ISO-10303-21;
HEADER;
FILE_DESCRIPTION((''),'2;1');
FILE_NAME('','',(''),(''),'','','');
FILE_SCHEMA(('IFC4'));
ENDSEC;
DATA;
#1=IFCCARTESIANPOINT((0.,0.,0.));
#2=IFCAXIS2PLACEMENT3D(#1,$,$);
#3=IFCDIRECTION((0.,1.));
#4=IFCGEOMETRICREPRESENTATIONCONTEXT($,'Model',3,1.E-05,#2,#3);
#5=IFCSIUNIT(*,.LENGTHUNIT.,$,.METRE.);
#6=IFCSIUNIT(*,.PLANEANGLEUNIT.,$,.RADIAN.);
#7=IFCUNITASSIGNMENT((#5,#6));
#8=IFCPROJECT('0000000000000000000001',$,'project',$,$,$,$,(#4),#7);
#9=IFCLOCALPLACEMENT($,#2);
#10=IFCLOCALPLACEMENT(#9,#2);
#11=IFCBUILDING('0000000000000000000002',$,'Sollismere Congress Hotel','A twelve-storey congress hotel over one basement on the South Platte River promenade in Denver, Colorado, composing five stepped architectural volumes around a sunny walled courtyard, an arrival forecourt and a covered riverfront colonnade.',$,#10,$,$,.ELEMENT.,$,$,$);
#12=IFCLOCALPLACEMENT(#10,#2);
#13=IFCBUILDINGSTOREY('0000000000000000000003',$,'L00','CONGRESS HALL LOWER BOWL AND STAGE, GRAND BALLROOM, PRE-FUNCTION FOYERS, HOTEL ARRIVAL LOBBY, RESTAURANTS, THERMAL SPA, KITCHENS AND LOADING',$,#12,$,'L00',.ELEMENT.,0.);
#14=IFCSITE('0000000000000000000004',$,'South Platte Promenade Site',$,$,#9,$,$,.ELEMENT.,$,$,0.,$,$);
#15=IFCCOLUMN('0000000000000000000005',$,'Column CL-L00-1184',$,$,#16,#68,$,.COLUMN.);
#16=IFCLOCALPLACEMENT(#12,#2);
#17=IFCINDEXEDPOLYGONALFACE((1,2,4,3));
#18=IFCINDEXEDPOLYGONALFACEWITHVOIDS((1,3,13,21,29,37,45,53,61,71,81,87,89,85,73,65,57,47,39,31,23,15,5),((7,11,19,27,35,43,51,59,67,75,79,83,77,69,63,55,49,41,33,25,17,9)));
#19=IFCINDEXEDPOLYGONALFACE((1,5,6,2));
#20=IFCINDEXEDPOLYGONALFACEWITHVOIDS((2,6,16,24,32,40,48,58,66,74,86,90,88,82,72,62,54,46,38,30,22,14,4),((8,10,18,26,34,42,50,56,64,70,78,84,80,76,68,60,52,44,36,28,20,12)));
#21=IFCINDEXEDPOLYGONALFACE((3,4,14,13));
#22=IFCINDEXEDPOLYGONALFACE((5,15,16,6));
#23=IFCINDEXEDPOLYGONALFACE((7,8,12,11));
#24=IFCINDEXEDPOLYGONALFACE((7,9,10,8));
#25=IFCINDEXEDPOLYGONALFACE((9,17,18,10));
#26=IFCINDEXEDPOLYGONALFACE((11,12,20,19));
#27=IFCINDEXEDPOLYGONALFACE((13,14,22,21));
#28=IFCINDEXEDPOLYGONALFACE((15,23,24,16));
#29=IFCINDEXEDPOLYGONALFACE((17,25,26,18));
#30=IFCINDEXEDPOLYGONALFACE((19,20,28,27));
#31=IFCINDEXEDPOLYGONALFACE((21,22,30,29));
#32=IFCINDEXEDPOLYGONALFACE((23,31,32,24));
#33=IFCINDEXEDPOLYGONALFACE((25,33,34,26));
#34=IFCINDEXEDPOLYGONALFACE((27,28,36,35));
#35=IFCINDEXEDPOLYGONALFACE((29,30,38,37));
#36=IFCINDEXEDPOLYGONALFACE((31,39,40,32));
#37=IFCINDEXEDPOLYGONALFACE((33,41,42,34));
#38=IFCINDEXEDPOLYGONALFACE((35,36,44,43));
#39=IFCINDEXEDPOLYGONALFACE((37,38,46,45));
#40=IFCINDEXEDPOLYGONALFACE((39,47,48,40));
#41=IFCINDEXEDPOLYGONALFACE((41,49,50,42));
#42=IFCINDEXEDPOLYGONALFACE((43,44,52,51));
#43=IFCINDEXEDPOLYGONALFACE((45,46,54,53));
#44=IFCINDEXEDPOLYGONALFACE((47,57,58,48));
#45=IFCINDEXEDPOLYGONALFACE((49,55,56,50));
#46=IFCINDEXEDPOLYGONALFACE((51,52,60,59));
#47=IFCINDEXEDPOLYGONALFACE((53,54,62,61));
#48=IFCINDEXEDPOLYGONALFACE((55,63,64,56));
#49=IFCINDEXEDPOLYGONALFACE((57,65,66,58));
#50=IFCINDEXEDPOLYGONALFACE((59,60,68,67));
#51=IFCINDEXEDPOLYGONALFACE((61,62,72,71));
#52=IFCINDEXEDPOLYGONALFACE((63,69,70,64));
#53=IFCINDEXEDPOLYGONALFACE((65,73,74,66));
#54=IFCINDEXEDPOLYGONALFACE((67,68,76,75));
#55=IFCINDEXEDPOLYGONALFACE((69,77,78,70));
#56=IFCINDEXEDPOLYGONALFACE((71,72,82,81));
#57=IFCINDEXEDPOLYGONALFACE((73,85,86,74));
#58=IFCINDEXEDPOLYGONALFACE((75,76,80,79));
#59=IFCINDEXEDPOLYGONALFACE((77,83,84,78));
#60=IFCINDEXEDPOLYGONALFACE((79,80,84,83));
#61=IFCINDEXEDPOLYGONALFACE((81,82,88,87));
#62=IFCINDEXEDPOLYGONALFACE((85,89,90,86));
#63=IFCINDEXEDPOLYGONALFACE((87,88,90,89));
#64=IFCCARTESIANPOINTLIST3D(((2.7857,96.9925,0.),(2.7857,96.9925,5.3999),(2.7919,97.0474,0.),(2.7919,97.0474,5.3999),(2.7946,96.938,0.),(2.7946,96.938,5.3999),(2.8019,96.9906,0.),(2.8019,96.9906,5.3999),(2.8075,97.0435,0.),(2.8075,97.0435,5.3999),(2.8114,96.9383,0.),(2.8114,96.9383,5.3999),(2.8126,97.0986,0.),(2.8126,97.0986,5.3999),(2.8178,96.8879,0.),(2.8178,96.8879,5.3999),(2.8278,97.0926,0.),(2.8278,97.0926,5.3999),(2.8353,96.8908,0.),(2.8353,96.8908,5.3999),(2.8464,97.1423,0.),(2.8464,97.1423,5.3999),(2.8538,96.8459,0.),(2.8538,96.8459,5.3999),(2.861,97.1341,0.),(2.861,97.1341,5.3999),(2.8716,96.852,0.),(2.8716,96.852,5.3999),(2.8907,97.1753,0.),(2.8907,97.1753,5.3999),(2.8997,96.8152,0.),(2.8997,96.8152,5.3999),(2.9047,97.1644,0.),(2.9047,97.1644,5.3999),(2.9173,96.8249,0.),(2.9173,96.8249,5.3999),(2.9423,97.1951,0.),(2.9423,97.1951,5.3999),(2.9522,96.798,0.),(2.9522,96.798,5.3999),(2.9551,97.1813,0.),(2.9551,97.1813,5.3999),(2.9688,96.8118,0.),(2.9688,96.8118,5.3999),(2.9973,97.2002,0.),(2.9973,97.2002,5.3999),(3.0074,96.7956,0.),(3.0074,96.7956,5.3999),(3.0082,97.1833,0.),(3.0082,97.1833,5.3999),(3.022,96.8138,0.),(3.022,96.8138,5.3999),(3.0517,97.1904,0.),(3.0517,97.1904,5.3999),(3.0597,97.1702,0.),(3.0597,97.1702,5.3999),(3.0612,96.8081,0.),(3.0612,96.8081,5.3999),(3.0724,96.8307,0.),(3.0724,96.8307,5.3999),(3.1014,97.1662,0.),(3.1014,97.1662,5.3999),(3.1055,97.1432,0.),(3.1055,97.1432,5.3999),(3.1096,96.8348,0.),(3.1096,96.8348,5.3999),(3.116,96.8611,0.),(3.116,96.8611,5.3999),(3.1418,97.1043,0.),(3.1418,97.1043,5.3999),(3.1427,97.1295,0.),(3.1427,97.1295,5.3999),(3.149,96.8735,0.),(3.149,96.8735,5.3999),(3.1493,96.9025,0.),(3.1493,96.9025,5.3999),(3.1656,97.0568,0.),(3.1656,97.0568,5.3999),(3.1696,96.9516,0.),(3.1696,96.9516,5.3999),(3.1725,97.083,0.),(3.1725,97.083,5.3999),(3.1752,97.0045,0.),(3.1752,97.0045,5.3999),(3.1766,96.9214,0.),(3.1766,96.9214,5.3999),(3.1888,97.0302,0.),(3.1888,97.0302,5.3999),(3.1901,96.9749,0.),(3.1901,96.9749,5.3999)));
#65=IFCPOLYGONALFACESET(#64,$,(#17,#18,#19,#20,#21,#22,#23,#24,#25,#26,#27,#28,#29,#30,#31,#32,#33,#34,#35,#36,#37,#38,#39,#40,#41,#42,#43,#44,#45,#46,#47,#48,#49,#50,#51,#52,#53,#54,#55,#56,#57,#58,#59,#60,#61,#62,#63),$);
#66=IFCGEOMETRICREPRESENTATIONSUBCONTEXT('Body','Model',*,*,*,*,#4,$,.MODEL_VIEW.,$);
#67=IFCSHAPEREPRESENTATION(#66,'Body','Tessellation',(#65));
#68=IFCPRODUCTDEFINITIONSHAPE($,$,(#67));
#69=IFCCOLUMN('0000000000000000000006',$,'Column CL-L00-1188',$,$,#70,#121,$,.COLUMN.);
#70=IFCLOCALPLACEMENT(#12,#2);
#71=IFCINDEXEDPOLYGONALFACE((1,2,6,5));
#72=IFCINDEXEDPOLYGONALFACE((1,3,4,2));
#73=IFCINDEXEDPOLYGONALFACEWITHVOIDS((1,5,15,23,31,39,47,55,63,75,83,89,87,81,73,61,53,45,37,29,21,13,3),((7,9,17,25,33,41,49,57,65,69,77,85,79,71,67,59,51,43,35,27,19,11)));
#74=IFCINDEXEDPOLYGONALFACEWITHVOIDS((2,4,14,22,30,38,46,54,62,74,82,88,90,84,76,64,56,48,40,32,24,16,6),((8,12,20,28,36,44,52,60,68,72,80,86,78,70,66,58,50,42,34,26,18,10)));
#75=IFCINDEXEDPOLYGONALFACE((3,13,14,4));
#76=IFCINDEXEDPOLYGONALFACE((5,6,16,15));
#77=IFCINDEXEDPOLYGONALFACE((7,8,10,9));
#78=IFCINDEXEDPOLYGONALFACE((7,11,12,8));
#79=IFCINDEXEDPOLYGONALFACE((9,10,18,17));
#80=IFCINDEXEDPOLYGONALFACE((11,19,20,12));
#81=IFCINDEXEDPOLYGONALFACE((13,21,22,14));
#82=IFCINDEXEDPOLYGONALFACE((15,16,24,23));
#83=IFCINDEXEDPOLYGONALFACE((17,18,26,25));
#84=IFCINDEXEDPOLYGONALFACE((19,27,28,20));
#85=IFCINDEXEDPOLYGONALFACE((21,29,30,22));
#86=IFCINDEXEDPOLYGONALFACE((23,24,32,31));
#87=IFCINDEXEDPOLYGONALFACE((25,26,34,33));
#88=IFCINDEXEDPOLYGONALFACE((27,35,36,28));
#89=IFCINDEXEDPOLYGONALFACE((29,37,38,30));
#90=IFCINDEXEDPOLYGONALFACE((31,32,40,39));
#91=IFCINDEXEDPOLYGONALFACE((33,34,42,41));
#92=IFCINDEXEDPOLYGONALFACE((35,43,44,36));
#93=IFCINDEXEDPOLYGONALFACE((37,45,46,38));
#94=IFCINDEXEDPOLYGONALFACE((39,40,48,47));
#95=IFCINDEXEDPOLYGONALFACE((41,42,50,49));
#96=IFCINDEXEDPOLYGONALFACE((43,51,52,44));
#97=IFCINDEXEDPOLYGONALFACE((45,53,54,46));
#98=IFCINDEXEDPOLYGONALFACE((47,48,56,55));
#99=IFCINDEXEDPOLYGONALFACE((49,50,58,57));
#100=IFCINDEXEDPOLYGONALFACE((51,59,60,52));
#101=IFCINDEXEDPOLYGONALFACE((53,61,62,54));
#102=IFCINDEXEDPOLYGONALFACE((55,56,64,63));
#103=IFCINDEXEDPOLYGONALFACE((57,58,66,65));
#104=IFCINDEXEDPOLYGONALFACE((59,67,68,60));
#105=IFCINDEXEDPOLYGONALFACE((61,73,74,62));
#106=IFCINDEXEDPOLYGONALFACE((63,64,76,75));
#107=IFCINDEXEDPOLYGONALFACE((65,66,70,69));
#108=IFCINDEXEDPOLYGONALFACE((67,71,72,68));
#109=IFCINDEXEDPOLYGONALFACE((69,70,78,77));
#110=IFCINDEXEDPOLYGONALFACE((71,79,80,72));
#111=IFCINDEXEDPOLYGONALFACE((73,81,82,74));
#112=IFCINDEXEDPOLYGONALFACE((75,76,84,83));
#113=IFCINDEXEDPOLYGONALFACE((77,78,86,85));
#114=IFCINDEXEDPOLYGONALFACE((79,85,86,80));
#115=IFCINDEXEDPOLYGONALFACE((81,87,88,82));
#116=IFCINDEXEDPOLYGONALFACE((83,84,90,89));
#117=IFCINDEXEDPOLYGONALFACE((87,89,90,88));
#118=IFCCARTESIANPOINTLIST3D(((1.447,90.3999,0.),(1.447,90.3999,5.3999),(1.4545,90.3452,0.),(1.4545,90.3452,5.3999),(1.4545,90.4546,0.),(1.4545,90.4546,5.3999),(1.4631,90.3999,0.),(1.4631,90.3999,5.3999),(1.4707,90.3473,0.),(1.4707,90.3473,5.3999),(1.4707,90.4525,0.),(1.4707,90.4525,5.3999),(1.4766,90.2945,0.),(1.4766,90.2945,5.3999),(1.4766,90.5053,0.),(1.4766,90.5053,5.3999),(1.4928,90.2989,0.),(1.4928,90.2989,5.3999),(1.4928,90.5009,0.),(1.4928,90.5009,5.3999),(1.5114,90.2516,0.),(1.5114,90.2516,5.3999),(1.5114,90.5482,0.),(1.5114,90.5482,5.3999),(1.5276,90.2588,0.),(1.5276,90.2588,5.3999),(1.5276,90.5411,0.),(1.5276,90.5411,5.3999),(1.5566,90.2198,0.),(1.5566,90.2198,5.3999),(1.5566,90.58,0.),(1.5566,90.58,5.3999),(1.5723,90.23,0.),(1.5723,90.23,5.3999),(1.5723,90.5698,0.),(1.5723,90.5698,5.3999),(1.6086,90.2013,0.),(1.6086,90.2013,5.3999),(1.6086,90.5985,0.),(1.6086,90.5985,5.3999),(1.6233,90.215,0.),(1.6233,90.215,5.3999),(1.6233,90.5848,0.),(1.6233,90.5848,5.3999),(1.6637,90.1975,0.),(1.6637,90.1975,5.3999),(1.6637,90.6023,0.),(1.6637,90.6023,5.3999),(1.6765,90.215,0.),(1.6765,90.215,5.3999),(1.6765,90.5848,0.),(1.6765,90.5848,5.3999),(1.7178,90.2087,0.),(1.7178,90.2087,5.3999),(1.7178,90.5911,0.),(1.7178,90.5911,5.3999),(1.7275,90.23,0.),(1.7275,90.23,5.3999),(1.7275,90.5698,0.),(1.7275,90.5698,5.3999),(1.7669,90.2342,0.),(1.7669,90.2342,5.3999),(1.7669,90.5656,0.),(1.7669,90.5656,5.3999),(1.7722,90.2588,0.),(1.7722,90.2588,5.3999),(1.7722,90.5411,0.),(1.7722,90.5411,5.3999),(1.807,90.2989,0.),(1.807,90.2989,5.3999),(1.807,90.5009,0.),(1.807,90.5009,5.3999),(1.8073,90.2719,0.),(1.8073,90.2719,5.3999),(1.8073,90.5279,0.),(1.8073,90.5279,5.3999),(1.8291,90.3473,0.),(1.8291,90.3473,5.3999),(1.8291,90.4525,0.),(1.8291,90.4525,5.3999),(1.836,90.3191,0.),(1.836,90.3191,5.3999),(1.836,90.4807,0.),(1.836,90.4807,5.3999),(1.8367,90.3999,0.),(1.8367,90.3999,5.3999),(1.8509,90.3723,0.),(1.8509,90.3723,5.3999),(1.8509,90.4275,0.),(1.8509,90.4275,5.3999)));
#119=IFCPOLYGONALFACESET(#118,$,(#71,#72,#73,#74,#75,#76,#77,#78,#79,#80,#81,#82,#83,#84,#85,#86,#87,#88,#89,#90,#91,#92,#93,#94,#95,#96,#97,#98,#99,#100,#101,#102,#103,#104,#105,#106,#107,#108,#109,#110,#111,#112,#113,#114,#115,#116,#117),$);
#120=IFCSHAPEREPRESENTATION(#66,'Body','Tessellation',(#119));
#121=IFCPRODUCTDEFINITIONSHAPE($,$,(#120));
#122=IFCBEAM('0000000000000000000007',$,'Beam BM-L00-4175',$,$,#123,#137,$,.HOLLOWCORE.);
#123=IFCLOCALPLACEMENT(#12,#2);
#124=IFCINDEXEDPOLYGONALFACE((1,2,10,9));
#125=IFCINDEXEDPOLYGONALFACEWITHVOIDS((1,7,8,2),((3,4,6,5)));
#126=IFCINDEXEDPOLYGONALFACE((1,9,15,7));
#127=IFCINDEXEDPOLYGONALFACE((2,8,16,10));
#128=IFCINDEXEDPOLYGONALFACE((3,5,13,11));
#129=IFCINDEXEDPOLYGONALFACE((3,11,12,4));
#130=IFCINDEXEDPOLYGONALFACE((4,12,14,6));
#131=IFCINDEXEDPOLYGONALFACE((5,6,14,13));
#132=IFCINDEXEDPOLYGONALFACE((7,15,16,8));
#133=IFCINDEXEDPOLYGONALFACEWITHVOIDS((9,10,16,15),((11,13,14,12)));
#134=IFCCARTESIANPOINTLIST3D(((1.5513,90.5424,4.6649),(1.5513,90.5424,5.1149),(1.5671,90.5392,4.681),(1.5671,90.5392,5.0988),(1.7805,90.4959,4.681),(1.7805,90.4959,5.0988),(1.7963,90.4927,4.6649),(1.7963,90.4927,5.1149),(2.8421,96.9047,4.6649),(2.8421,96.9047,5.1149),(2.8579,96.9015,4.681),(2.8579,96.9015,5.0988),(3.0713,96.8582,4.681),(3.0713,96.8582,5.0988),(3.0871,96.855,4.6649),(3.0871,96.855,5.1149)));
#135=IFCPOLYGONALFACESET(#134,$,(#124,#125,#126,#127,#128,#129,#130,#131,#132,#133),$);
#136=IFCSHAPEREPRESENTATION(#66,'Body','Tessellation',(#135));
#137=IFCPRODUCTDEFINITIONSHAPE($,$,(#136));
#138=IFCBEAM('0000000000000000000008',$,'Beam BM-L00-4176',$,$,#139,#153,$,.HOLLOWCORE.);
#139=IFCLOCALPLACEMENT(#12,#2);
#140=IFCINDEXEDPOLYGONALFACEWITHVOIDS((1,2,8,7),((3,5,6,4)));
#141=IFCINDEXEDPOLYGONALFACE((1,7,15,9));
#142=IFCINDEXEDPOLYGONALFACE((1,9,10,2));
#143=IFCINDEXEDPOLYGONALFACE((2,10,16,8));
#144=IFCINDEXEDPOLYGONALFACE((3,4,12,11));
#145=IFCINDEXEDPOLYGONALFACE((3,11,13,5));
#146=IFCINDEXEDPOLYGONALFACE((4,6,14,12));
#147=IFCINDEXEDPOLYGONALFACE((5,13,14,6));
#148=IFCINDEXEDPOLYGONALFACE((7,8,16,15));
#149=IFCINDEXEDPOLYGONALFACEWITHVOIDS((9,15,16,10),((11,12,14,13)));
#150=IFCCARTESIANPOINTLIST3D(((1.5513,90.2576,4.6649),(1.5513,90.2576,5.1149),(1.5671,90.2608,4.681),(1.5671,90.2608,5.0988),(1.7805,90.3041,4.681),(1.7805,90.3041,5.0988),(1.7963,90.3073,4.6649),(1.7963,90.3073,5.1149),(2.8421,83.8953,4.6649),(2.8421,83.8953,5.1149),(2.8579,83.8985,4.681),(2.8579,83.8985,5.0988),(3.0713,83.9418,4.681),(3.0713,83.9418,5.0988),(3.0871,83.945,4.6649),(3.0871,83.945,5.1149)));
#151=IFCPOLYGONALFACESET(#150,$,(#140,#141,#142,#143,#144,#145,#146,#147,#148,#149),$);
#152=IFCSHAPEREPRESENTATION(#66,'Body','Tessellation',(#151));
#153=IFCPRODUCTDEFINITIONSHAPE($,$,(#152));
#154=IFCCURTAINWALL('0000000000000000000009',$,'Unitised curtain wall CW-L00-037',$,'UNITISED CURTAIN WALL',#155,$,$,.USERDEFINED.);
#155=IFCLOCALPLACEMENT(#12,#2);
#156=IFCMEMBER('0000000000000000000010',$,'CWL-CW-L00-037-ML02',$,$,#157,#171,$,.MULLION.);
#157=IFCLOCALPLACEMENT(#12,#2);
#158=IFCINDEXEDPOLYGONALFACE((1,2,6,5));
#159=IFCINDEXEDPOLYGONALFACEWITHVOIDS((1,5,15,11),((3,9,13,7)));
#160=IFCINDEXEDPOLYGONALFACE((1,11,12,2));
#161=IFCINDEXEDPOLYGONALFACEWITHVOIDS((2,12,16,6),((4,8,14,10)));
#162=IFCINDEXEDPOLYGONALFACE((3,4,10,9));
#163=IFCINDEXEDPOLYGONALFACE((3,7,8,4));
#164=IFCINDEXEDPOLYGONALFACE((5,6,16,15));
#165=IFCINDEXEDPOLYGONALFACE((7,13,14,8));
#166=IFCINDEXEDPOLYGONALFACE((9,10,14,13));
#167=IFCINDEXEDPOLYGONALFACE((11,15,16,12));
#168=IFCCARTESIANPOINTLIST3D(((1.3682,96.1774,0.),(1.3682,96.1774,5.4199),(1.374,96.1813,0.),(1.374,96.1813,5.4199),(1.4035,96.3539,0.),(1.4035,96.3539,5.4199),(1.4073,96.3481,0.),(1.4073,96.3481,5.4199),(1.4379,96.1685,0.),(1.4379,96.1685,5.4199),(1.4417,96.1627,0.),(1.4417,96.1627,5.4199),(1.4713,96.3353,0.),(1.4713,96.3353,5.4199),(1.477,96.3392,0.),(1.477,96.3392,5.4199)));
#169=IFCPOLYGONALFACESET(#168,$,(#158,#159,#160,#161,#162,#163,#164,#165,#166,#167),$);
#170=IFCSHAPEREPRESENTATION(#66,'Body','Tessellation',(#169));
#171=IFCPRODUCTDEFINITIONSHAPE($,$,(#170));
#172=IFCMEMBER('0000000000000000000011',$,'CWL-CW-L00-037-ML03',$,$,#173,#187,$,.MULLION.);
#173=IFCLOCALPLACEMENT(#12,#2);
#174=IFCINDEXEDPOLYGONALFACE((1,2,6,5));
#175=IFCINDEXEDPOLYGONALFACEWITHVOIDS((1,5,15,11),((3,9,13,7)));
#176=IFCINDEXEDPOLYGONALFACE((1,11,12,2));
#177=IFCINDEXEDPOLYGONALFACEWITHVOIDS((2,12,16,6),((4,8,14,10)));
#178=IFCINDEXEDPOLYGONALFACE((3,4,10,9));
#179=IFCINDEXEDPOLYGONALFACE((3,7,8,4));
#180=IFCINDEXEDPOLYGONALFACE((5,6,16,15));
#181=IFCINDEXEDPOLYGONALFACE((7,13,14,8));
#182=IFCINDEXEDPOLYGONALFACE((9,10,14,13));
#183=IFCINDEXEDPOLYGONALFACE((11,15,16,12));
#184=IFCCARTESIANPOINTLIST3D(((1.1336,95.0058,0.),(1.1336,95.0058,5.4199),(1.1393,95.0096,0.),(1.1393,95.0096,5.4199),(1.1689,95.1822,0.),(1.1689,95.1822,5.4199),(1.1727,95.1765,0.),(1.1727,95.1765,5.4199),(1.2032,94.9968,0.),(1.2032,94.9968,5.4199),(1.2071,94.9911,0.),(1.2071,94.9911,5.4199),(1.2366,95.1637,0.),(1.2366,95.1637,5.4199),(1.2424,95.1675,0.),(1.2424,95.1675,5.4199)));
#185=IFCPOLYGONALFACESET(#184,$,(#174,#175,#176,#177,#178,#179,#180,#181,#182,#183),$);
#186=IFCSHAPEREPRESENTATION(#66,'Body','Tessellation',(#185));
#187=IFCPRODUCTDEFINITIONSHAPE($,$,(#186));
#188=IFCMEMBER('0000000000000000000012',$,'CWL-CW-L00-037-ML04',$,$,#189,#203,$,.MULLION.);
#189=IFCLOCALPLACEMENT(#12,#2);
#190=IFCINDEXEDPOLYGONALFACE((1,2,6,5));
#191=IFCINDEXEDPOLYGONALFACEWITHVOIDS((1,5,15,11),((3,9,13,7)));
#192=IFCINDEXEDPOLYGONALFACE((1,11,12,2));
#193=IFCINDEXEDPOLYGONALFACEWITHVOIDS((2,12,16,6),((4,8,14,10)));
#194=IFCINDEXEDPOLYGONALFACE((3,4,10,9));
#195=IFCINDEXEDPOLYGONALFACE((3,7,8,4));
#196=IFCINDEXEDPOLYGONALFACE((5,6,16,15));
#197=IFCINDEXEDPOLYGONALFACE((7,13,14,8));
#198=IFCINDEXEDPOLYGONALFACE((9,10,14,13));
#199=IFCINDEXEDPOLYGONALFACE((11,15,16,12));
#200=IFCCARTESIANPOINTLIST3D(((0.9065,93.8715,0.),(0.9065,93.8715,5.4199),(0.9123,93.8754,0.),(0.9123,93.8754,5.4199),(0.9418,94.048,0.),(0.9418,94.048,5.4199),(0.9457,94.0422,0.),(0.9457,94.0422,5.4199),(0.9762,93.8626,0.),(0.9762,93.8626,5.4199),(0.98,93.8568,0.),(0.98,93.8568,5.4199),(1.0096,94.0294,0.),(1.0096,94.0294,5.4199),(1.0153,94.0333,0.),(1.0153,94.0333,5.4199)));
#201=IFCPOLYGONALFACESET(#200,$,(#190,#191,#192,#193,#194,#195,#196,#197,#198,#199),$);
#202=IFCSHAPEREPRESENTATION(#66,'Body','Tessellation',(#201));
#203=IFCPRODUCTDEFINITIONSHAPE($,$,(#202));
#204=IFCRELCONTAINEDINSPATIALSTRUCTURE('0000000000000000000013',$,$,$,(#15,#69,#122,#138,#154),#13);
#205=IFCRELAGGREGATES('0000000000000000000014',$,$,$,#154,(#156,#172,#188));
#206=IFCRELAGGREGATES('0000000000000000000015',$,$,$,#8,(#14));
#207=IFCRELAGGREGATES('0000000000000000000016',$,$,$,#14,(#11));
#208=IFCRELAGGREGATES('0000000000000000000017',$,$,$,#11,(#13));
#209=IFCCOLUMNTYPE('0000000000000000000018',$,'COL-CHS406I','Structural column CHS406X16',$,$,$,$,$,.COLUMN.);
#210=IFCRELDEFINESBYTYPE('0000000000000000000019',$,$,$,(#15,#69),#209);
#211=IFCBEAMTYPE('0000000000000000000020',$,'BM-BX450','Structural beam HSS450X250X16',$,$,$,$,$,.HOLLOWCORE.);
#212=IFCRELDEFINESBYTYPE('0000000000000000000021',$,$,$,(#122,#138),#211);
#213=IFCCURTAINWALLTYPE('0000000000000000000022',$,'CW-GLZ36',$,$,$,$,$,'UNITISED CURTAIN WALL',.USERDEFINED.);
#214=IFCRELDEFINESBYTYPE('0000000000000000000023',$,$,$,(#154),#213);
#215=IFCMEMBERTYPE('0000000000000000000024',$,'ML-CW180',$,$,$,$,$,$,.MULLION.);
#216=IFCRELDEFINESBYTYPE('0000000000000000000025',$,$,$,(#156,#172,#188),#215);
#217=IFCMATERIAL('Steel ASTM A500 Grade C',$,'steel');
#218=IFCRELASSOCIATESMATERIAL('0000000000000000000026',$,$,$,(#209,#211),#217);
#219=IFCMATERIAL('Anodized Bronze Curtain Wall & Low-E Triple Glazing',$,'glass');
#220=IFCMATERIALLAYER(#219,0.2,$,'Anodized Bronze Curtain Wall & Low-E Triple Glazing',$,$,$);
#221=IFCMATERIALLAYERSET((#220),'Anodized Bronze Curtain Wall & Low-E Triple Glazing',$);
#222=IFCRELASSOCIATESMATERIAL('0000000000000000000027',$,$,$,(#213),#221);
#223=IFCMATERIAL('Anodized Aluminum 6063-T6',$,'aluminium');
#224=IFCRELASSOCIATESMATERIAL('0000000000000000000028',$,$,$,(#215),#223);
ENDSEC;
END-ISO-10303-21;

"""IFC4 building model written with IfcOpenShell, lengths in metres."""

from ifc_helpers import new_model, si_unit, direction, frame, origin, origin_2d, place, context, subcontext, project, spatial, hollow_rectangle, hollow_circle, extrude, material, layer, layer_set, material_profile, profile_set, type_object, element, aggregate, save


model = new_model("IFC4")

# Units and contexts
model_context = context("Model", 3, precision=1e-05, world=origin(), true_north=direction((0.0, 1.0)))
body_context = subcontext(model_context, "Body", "Model", "MODEL_VIEW")
ifc_project = project(units=[si_unit("LENGTHUNIT", "METRE"), si_unit("PLANEANGLEUNIT", "RADIAN")], contexts=[model_context])

# Site, building, storey
site_placement = place(None, origin())
site = spatial("IfcSite", under=ifc_project, at=site_placement, Name="South Platte Promenade Site", CompositionType="ELEMENT", RefElevation=0.0)
building_placement = place(site_placement, origin())
building = spatial("IfcBuilding", under=site, at=building_placement, Name="Sollismere Congress Hotel", Description="A twelve-storey congress hotel over one basement on the South Platte River promenade in Denver, Colorado, composing five stepped architectural volumes around a sunny walled courtyard, an arrival forecourt and a covered riverfront colonnade.", CompositionType="ELEMENT")
storey_placement = place(building_placement, origin())
storey = spatial("IfcBuildingStorey", under=building, at=storey_placement, Name="L00", Description="CONGRESS HALL LOWER BOWL AND STAGE, GRAND BALLROOM, PRE-FUNCTION FOYERS, HOTEL ARRIVAL LOBBY, RESTAURANTS, THERMAL SPA, KITCHENS AND LOADING", LongName="L00", CompositionType="ELEMENT", Elevation=0.0)

# Columns
ifc_material_1 = material(Name="Steel ASTM A500 Grade C", Category="steel")
ifc_material_profile_1 = material_profile(ifc_material_1, hollow_circle(Radius=0.2029, WallThickness=0.0161, at=origin_2d()), Name="CHS406X16")
ifc_profile_set_1 = profile_set([ifc_material_profile_1], Name="Steel ASTM A500 Grade C")
column_type = type_object("IfcColumnType", Name="COL-CHS406I", Description="Structural column CHS406X16", PredefinedType="COLUMN", material=ifc_profile_set_1)
for number, where, z_axis, x_axis, name in (
    (1, (2.9885, 96.9976, 0.0), (0.0, 0.0, 1.0), (-0.969317, 0.245815, 0.0), "Column CL-L00-1184"),
    (2, (1.6499, 90.3999, 0.0), (0.0, 0.0, 1.0), (-1.0, 0.0, 0.0), "Column CL-L00-1188"),
):
    element("IfcColumn", number, at=place(storey_placement, frame(where, z_axis=z_axis, x_axis=x_axis)), inside=storey, type_object=column_type, Name=name, PredefinedType="COLUMN", context=body_context, shape_type="SweptSolid", body=[
        extrude(hollow_circle(Radius=0.2029, WallThickness=0.0161, at=origin_2d()), origin(), (0.0, 0.0, 1.0), 5.3999),
    ])

# Beams
ifc_material_profile_2 = material_profile(ifc_material_1, hollow_rectangle(XDim=0.25, YDim=0.45, WallThickness=0.0161, at=origin_2d()), Name="HSS450X250X16")
ifc_profile_set_2 = profile_set([ifc_material_profile_2], Name="Steel ASTM A500 Grade C")
beam_type = type_object("IfcBeamType", Name="BM-BX450", Description="Structural beam HSS450X250X16", PredefinedType="HOLLOWCORE", material=ifc_profile_set_2)
for number, where, z_axis, x_axis, name in (
    (3, (2.9646, 96.8799, 4.8899), (-0.198827, -0.980035, 0.0), (0.980035, -0.198827, 0.0), "Beam BM-L00-4175"),
    (4, (1.6738, 90.2825, 4.8899), (0.198827, -0.980035, 0.0), (0.980035, 0.198827, 0.0), "Beam BM-L00-4176"),
):
    element("IfcBeam", number, at=place(storey_placement, frame(where, z_axis=z_axis, x_axis=x_axis)), inside=storey, type_object=beam_type, Name=name, PredefinedType="HOLLOWCORE", context=body_context, shape_type="SweptSolid", body=[
        extrude(hollow_rectangle(XDim=0.25, YDim=0.45, WallThickness=0.0161, at=origin_2d()), origin(), (0.0, 0.0, 1.0), 6.4919),
    ])

# Curtain wall, members
ifc_material_2 = material(Name="Anodized Bronze Curtain Wall & Low-E Triple Glazing", Category="glass")
ifc_layer_1 = layer(ifc_material_2, 0.2, Name="Anodized Bronze Curtain Wall & Low-E Triple Glazing")
ifc_layer_set_1 = layer_set([ifc_layer_1], Name="Anodized Bronze Curtain Wall & Low-E Triple Glazing")
curtain_wall_type = type_object("IfcCurtainWallType", Name="CW-GLZ36", ElementType="UNITISED CURTAIN WALL", PredefinedType="USERDEFINED", material=ifc_layer_set_1)
curtain_wall_1_placement = place(storey_placement, origin())
curtain_wall_1 = element("IfcCurtainWall", 5, at=curtain_wall_1_placement, inside=storey, type_object=curtain_wall_type, Name="Unitised curtain wall CW-L00-037", ObjectType="UNITISED CURTAIN WALL", PredefinedType="USERDEFINED")
ifc_material_3 = material(Name="Anodized Aluminum 6063-T6", Category="aluminium")
ifc_material_profile_3 = material_profile(ifc_material_3, hollow_rectangle(XDim=0.075, YDim=0.1799, WallThickness=0.0049, at=origin_2d()), Name="ALU180X75X5")
ifc_profile_set_3 = profile_set([ifc_material_profile_3], Name="Anodized Aluminum 6063-T6")
member_type_1 = type_object("IfcMemberType", Name="ML-CW180", PredefinedType="MULLION", material=ifc_profile_set_3)
member_1_placement = place(storey_placement, frame((1.4226, 96.2583, 0.0), z_axis=(0.0, 0.0, 1.0), x_axis=(0.980553, -0.196254, 0.0)))
member_1 = element("IfcMember", 6, at=member_1_placement, type_object=member_type_1, Name="CWL-CW-L00-037-ML02", PredefinedType="MULLION", context=body_context, shape_type="SweptSolid", body=[
    extrude(hollow_rectangle(XDim=0.075, YDim=0.1799, WallThickness=0.0049, at=origin_2d()), origin(), (0.0, 0.0, 1.0), 5.4199),
])
member_2_placement = place(storey_placement, frame((1.188, 95.0867, 0.0), z_axis=(0.0, 0.0, 1.0), x_axis=(0.980553, -0.196254, 0.0)))
member_2 = element("IfcMember", 7, at=member_2_placement, type_object=member_type_1, Name="CWL-CW-L00-037-ML03", PredefinedType="MULLION", context=body_context, shape_type="SweptSolid", body=[
    extrude(hollow_rectangle(XDim=0.075, YDim=0.1799, WallThickness=0.0049, at=origin_2d()), origin(), (0.0, 0.0, 1.0), 5.4199),
])
member_3_placement = place(storey_placement, frame((0.9609, 93.9524, 0.0), z_axis=(0.0, 0.0, 1.0), x_axis=(0.980553, -0.196254, 0.0)))
member_3 = element("IfcMember", 8, at=member_3_placement, type_object=member_type_1, Name="CWL-CW-L00-037-ML04", PredefinedType="MULLION", context=body_context, shape_type="SweptSolid", body=[
    extrude(hollow_rectangle(XDim=0.075, YDim=0.1799, WallThickness=0.0049, at=origin_2d()), origin(), (0.0, 0.0, 1.0), 5.4199),
])

aggregate(curtain_wall_1, [member_1, member_2, member_3])

save(model, "model.ifc")
